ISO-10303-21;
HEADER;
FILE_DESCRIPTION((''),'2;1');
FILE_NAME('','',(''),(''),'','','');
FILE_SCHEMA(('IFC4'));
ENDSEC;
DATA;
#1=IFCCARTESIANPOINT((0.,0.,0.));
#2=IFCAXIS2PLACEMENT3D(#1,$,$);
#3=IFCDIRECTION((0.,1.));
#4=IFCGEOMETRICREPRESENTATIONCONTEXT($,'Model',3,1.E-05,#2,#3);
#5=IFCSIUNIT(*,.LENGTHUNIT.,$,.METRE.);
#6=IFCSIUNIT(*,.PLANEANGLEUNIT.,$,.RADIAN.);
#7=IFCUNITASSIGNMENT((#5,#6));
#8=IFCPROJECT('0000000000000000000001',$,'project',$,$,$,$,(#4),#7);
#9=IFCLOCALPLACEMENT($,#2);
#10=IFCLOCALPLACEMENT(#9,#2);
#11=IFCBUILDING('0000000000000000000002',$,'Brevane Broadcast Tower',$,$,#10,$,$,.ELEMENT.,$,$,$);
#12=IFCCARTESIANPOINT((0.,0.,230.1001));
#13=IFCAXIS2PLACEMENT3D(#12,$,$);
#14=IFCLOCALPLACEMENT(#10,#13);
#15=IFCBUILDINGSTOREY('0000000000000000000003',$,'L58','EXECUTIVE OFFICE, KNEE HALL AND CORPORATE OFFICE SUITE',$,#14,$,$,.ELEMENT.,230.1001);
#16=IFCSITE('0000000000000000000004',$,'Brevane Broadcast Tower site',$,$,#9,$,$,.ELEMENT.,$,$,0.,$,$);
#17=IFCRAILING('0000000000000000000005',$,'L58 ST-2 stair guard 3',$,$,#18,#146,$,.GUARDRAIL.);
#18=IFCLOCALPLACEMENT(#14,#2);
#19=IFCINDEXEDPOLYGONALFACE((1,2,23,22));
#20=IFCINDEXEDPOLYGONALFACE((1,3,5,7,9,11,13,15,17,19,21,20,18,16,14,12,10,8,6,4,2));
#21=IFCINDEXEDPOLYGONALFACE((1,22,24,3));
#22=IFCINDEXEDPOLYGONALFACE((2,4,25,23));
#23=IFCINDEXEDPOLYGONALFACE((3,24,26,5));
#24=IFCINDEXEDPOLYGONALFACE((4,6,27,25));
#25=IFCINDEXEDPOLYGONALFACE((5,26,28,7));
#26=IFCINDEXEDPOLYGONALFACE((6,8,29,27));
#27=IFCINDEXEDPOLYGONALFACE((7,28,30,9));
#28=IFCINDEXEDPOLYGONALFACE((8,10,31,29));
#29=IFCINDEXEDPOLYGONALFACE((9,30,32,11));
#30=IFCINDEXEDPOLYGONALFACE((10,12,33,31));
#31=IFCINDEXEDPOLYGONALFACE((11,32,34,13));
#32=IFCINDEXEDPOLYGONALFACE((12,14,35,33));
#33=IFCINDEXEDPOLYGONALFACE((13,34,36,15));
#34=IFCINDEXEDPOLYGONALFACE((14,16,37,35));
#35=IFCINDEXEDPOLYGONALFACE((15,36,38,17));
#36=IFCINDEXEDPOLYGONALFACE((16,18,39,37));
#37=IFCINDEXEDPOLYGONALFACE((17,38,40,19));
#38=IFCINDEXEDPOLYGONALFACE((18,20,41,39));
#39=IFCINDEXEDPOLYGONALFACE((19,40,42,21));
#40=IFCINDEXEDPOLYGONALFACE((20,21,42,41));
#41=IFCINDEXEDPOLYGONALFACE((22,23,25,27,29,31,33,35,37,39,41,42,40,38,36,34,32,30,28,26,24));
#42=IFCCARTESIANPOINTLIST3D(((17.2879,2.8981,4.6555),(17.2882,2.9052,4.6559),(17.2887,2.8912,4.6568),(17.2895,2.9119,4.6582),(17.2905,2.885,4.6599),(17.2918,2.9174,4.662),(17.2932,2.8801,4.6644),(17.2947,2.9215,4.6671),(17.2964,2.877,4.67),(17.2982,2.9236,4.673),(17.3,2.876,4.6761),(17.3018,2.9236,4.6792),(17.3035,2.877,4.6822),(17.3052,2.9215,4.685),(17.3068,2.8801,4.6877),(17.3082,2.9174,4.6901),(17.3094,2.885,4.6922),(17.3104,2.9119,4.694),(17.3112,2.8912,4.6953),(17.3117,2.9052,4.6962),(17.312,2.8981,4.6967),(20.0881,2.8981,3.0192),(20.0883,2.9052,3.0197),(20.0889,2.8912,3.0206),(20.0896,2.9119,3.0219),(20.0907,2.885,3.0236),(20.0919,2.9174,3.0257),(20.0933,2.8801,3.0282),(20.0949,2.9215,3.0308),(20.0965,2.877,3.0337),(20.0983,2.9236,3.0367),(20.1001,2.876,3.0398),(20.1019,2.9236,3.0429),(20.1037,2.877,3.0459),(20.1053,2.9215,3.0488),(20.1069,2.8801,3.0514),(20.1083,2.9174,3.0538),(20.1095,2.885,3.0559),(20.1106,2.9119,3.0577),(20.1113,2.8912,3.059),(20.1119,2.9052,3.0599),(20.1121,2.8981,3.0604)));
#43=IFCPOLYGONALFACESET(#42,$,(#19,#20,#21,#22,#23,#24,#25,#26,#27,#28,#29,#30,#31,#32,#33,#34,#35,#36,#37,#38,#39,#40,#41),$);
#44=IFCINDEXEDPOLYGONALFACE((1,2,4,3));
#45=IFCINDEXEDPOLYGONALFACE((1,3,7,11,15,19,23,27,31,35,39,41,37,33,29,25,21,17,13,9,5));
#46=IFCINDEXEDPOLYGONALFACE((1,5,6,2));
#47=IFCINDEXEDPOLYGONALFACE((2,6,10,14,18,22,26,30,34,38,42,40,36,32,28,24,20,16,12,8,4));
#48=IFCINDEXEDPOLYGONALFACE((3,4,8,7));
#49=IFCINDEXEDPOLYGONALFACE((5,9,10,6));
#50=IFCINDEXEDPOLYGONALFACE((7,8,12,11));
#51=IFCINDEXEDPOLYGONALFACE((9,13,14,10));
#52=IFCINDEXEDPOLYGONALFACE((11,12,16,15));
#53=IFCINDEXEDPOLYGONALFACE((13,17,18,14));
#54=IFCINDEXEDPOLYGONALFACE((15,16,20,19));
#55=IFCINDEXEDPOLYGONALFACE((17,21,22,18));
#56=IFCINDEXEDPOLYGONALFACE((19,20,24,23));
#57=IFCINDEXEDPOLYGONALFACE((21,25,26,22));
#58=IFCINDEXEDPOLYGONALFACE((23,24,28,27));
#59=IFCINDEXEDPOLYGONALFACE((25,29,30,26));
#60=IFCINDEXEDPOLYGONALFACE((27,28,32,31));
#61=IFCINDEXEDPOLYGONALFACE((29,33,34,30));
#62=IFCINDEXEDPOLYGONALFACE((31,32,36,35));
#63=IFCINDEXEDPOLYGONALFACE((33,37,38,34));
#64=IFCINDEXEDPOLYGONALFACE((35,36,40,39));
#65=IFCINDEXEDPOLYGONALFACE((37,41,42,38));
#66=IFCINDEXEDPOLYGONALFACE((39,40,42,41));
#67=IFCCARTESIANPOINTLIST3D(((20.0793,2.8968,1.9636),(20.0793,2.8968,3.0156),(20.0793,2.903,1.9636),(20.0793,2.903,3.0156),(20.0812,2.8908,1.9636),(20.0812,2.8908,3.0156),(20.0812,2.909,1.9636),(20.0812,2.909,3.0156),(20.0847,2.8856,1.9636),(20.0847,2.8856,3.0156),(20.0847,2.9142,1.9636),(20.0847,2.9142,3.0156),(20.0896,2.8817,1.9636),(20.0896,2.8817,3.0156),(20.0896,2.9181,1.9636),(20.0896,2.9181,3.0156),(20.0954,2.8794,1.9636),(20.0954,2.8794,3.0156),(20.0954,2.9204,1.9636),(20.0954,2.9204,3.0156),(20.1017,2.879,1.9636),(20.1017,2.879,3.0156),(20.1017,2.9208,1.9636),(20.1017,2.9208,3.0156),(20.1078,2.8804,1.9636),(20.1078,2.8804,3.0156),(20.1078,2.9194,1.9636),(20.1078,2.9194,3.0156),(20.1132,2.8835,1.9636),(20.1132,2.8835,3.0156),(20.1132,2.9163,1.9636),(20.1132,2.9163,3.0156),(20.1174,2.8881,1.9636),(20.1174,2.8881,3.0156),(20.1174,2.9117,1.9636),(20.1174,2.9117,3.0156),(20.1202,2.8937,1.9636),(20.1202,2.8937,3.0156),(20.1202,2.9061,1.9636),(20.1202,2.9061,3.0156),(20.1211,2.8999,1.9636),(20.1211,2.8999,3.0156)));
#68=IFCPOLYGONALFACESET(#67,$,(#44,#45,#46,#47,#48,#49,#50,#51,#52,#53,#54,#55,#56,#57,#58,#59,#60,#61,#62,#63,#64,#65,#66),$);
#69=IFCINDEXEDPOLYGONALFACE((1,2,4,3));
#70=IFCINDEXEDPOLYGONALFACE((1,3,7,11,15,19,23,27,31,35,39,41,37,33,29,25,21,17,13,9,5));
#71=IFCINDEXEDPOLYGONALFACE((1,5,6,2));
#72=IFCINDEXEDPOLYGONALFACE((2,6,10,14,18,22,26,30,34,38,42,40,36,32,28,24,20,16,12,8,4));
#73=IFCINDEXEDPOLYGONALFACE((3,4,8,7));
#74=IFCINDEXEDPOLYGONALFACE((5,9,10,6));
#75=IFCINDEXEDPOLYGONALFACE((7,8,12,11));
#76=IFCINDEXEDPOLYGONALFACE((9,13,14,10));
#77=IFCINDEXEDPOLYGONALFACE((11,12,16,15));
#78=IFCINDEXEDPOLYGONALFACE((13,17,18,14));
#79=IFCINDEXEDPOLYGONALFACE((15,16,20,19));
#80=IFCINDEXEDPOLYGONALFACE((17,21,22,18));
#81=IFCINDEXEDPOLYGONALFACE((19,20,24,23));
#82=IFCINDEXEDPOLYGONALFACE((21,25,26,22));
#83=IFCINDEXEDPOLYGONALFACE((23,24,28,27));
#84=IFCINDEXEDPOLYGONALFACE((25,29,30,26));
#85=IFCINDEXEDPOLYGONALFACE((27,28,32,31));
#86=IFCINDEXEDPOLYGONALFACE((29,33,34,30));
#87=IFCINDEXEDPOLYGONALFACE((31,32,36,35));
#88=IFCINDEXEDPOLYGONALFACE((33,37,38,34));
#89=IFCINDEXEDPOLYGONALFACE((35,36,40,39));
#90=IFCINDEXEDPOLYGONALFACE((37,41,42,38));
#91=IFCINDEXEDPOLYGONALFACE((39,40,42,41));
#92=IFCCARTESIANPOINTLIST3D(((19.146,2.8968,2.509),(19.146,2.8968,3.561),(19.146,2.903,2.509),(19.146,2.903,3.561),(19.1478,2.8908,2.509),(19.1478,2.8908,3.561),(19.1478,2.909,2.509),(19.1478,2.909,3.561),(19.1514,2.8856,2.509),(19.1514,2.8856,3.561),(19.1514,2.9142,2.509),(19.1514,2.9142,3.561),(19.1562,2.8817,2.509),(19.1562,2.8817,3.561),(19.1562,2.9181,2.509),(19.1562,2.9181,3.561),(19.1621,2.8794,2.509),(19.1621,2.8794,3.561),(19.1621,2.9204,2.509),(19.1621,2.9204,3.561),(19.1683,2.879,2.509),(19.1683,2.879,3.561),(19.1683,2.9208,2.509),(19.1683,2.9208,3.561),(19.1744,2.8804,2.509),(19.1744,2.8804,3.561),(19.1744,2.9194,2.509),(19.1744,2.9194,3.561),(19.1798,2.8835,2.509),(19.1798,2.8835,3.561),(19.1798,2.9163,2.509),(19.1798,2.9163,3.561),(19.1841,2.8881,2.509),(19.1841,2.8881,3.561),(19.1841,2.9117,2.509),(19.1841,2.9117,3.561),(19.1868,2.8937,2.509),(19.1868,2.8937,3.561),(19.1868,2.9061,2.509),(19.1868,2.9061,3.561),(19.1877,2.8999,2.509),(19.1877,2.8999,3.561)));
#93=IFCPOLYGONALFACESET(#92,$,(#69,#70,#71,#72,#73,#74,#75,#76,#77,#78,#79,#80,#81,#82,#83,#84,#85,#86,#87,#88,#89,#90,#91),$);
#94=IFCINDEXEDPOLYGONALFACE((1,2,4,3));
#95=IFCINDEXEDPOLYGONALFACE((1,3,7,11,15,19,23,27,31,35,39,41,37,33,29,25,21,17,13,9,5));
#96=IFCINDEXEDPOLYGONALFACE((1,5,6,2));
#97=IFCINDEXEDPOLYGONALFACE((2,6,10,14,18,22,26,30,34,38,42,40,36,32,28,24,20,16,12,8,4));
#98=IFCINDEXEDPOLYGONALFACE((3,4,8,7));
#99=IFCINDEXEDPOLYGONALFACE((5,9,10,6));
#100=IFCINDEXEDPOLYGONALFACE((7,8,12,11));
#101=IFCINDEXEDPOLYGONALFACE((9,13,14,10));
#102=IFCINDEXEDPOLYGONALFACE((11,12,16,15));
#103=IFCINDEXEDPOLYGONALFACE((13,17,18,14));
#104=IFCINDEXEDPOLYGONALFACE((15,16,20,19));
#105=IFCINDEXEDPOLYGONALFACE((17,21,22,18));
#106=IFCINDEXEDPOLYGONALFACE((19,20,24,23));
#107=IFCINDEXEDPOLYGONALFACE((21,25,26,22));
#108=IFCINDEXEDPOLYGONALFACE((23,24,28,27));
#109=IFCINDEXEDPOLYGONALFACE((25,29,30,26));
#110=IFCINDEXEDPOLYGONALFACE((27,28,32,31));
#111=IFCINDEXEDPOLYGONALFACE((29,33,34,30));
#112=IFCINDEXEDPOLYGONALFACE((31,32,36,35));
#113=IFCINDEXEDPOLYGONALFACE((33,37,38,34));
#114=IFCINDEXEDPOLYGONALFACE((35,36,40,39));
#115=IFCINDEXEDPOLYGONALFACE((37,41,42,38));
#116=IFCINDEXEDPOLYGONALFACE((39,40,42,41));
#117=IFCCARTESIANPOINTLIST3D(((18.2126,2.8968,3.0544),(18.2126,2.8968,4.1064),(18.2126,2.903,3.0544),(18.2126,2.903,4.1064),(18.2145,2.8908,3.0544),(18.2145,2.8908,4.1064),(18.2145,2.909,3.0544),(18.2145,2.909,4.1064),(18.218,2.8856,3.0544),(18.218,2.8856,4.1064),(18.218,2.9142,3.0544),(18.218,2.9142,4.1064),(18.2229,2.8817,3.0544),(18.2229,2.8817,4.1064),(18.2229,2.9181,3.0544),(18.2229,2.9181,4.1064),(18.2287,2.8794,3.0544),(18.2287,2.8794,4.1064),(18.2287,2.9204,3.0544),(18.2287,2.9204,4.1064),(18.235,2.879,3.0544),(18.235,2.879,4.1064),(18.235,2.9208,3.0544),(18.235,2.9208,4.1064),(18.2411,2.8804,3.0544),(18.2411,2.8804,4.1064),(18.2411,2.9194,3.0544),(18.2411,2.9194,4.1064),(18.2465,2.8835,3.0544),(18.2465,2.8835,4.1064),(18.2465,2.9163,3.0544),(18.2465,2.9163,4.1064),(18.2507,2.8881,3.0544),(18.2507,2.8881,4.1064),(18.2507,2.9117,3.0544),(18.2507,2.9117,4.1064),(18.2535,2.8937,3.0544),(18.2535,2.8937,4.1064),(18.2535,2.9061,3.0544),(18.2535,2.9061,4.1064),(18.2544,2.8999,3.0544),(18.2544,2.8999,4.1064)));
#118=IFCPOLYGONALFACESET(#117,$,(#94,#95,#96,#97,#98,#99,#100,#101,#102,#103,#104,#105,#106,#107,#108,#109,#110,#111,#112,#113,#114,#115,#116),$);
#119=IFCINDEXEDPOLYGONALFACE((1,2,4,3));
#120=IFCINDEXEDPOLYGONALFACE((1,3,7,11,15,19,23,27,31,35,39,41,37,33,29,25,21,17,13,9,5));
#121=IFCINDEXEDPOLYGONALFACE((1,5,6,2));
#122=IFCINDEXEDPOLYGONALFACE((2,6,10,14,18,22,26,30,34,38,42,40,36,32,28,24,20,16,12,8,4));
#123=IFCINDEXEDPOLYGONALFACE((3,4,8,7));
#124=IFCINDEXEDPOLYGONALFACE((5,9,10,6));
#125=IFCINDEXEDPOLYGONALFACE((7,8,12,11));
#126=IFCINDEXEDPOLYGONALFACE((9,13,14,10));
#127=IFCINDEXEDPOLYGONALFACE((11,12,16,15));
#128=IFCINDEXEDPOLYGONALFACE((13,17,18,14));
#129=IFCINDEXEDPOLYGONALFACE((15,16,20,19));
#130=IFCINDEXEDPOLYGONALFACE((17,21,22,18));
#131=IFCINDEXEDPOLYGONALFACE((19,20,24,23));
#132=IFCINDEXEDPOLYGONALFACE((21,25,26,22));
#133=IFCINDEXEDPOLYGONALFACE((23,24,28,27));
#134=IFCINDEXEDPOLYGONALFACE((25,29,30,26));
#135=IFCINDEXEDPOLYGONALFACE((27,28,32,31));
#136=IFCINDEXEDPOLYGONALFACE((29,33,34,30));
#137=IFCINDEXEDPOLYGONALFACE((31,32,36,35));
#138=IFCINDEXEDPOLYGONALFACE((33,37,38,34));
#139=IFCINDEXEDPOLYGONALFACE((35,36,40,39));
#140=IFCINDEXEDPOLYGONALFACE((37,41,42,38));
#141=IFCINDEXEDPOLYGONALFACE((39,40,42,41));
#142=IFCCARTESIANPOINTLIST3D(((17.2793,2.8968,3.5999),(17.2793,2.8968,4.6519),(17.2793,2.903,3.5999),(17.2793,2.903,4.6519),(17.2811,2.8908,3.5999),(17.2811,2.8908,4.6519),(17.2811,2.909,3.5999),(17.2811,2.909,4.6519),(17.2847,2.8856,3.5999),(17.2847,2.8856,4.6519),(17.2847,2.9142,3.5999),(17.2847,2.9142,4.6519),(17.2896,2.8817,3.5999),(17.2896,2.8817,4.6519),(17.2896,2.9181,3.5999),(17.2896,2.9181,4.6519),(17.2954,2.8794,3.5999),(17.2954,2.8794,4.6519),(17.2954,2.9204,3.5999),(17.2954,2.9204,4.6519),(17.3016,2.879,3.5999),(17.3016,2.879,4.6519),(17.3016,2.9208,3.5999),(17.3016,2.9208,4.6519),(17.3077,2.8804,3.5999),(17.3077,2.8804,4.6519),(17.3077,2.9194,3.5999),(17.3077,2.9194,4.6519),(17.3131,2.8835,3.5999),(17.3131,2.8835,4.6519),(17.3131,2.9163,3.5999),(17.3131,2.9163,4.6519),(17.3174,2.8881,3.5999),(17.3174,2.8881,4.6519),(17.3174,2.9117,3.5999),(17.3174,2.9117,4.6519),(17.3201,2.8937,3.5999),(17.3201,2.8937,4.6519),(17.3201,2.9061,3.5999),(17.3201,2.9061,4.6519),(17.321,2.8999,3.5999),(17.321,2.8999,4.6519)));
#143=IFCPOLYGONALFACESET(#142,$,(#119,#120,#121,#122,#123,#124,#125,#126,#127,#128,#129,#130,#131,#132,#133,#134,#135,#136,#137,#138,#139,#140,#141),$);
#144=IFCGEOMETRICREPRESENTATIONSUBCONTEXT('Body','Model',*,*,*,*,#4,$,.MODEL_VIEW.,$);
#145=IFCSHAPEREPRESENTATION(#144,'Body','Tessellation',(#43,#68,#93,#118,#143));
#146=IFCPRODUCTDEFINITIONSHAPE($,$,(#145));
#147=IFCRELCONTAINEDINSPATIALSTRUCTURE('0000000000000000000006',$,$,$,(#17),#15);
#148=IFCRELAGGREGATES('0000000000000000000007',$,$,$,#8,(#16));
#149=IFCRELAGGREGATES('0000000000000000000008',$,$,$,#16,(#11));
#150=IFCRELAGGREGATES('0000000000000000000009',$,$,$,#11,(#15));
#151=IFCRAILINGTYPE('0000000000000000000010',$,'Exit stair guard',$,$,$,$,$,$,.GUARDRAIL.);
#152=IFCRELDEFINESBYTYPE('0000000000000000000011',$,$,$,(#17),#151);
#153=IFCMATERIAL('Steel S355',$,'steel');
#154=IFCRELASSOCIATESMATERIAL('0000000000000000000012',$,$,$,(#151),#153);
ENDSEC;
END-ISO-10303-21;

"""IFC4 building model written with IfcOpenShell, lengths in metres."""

from ifc_helpers import new_model, si_unit, direction, frame, origin, origin_2d, place, context, subcontext, project, spatial, circle, extrude, material, type_object, element, save


model = new_model("IFC4")

# Units and contexts
model_context = context("Model", 3, precision=1e-05, world=origin(), true_north=direction((0.0, 1.0)))
body_context = subcontext(model_context, "Body", "Model", "MODEL_VIEW")
ifc_project = project(units=[si_unit("LENGTHUNIT", "METRE"), si_unit("PLANEANGLEUNIT", "RADIAN")], contexts=[model_context])

# Site, building, storey
site_placement = place(None, origin())
site = spatial("IfcSite", under=ifc_project, at=site_placement, Name="Brevane Broadcast Tower site", CompositionType="ELEMENT", RefElevation=0.0)
building_placement = place(site_placement, origin())
building = spatial("IfcBuilding", under=site, at=building_placement, Name="Brevane Broadcast Tower", CompositionType="ELEMENT")
storey_placement = place(building_placement, frame((0.0, 0.0, 230.1001)))
storey = spatial("IfcBuildingStorey", under=building, at=storey_placement, Name="L58", Description="EXECUTIVE OFFICE, KNEE HALL AND CORPORATE OFFICE SUITE", CompositionType="ELEMENT", Elevation=230.1001)

# Railing
ifc_material_1 = material(Name="Steel S355", Category="steel")
railing_type_1 = type_object("IfcRailingType", Name="Exit stair guard", PredefinedType="GUARDRAIL", material=ifc_material_1)
railing_1_placement = place(storey_placement, frame((20.1001, 2.8999, 1.9636)))
element("IfcRailing", 1, at=railing_1_placement, inside=storey, type_object=railing_type_1, Name="L58 ST-2 stair guard 3", PredefinedType="GUARDRAIL", context=body_context, shape_type="SweptSolid", body=[
    extrude(circle(Radius=0.0239, at=origin_2d()), frame((0.0, 0.0, 1.0762), z_axis=(-0.863394, 0.0, 0.504531), x_axis=(0.0, -1.0, 0.0)), (0.0, 0.0, 1.0), 3.2432),
    extrude(circle(Radius=0.021, at=origin_2d()), origin(), (0.0, 0.0, 1.0), 1.052),
    extrude(circle(Radius=0.021, at=origin_2d()), frame((-0.9333, 0.0, 0.5454)), (0.0, 0.0, 1.0), 1.052),
    extrude(circle(Radius=0.021, at=origin_2d()), frame((-1.8667, 0.0, 1.0908)), (0.0, 0.0, 1.0), 1.052),
    extrude(circle(Radius=0.021, at=origin_2d()), frame((-2.8, 0.0, 1.6362)), (0.0, 0.0, 1.0), 1.052),
])

save(model, "model.ifc")
